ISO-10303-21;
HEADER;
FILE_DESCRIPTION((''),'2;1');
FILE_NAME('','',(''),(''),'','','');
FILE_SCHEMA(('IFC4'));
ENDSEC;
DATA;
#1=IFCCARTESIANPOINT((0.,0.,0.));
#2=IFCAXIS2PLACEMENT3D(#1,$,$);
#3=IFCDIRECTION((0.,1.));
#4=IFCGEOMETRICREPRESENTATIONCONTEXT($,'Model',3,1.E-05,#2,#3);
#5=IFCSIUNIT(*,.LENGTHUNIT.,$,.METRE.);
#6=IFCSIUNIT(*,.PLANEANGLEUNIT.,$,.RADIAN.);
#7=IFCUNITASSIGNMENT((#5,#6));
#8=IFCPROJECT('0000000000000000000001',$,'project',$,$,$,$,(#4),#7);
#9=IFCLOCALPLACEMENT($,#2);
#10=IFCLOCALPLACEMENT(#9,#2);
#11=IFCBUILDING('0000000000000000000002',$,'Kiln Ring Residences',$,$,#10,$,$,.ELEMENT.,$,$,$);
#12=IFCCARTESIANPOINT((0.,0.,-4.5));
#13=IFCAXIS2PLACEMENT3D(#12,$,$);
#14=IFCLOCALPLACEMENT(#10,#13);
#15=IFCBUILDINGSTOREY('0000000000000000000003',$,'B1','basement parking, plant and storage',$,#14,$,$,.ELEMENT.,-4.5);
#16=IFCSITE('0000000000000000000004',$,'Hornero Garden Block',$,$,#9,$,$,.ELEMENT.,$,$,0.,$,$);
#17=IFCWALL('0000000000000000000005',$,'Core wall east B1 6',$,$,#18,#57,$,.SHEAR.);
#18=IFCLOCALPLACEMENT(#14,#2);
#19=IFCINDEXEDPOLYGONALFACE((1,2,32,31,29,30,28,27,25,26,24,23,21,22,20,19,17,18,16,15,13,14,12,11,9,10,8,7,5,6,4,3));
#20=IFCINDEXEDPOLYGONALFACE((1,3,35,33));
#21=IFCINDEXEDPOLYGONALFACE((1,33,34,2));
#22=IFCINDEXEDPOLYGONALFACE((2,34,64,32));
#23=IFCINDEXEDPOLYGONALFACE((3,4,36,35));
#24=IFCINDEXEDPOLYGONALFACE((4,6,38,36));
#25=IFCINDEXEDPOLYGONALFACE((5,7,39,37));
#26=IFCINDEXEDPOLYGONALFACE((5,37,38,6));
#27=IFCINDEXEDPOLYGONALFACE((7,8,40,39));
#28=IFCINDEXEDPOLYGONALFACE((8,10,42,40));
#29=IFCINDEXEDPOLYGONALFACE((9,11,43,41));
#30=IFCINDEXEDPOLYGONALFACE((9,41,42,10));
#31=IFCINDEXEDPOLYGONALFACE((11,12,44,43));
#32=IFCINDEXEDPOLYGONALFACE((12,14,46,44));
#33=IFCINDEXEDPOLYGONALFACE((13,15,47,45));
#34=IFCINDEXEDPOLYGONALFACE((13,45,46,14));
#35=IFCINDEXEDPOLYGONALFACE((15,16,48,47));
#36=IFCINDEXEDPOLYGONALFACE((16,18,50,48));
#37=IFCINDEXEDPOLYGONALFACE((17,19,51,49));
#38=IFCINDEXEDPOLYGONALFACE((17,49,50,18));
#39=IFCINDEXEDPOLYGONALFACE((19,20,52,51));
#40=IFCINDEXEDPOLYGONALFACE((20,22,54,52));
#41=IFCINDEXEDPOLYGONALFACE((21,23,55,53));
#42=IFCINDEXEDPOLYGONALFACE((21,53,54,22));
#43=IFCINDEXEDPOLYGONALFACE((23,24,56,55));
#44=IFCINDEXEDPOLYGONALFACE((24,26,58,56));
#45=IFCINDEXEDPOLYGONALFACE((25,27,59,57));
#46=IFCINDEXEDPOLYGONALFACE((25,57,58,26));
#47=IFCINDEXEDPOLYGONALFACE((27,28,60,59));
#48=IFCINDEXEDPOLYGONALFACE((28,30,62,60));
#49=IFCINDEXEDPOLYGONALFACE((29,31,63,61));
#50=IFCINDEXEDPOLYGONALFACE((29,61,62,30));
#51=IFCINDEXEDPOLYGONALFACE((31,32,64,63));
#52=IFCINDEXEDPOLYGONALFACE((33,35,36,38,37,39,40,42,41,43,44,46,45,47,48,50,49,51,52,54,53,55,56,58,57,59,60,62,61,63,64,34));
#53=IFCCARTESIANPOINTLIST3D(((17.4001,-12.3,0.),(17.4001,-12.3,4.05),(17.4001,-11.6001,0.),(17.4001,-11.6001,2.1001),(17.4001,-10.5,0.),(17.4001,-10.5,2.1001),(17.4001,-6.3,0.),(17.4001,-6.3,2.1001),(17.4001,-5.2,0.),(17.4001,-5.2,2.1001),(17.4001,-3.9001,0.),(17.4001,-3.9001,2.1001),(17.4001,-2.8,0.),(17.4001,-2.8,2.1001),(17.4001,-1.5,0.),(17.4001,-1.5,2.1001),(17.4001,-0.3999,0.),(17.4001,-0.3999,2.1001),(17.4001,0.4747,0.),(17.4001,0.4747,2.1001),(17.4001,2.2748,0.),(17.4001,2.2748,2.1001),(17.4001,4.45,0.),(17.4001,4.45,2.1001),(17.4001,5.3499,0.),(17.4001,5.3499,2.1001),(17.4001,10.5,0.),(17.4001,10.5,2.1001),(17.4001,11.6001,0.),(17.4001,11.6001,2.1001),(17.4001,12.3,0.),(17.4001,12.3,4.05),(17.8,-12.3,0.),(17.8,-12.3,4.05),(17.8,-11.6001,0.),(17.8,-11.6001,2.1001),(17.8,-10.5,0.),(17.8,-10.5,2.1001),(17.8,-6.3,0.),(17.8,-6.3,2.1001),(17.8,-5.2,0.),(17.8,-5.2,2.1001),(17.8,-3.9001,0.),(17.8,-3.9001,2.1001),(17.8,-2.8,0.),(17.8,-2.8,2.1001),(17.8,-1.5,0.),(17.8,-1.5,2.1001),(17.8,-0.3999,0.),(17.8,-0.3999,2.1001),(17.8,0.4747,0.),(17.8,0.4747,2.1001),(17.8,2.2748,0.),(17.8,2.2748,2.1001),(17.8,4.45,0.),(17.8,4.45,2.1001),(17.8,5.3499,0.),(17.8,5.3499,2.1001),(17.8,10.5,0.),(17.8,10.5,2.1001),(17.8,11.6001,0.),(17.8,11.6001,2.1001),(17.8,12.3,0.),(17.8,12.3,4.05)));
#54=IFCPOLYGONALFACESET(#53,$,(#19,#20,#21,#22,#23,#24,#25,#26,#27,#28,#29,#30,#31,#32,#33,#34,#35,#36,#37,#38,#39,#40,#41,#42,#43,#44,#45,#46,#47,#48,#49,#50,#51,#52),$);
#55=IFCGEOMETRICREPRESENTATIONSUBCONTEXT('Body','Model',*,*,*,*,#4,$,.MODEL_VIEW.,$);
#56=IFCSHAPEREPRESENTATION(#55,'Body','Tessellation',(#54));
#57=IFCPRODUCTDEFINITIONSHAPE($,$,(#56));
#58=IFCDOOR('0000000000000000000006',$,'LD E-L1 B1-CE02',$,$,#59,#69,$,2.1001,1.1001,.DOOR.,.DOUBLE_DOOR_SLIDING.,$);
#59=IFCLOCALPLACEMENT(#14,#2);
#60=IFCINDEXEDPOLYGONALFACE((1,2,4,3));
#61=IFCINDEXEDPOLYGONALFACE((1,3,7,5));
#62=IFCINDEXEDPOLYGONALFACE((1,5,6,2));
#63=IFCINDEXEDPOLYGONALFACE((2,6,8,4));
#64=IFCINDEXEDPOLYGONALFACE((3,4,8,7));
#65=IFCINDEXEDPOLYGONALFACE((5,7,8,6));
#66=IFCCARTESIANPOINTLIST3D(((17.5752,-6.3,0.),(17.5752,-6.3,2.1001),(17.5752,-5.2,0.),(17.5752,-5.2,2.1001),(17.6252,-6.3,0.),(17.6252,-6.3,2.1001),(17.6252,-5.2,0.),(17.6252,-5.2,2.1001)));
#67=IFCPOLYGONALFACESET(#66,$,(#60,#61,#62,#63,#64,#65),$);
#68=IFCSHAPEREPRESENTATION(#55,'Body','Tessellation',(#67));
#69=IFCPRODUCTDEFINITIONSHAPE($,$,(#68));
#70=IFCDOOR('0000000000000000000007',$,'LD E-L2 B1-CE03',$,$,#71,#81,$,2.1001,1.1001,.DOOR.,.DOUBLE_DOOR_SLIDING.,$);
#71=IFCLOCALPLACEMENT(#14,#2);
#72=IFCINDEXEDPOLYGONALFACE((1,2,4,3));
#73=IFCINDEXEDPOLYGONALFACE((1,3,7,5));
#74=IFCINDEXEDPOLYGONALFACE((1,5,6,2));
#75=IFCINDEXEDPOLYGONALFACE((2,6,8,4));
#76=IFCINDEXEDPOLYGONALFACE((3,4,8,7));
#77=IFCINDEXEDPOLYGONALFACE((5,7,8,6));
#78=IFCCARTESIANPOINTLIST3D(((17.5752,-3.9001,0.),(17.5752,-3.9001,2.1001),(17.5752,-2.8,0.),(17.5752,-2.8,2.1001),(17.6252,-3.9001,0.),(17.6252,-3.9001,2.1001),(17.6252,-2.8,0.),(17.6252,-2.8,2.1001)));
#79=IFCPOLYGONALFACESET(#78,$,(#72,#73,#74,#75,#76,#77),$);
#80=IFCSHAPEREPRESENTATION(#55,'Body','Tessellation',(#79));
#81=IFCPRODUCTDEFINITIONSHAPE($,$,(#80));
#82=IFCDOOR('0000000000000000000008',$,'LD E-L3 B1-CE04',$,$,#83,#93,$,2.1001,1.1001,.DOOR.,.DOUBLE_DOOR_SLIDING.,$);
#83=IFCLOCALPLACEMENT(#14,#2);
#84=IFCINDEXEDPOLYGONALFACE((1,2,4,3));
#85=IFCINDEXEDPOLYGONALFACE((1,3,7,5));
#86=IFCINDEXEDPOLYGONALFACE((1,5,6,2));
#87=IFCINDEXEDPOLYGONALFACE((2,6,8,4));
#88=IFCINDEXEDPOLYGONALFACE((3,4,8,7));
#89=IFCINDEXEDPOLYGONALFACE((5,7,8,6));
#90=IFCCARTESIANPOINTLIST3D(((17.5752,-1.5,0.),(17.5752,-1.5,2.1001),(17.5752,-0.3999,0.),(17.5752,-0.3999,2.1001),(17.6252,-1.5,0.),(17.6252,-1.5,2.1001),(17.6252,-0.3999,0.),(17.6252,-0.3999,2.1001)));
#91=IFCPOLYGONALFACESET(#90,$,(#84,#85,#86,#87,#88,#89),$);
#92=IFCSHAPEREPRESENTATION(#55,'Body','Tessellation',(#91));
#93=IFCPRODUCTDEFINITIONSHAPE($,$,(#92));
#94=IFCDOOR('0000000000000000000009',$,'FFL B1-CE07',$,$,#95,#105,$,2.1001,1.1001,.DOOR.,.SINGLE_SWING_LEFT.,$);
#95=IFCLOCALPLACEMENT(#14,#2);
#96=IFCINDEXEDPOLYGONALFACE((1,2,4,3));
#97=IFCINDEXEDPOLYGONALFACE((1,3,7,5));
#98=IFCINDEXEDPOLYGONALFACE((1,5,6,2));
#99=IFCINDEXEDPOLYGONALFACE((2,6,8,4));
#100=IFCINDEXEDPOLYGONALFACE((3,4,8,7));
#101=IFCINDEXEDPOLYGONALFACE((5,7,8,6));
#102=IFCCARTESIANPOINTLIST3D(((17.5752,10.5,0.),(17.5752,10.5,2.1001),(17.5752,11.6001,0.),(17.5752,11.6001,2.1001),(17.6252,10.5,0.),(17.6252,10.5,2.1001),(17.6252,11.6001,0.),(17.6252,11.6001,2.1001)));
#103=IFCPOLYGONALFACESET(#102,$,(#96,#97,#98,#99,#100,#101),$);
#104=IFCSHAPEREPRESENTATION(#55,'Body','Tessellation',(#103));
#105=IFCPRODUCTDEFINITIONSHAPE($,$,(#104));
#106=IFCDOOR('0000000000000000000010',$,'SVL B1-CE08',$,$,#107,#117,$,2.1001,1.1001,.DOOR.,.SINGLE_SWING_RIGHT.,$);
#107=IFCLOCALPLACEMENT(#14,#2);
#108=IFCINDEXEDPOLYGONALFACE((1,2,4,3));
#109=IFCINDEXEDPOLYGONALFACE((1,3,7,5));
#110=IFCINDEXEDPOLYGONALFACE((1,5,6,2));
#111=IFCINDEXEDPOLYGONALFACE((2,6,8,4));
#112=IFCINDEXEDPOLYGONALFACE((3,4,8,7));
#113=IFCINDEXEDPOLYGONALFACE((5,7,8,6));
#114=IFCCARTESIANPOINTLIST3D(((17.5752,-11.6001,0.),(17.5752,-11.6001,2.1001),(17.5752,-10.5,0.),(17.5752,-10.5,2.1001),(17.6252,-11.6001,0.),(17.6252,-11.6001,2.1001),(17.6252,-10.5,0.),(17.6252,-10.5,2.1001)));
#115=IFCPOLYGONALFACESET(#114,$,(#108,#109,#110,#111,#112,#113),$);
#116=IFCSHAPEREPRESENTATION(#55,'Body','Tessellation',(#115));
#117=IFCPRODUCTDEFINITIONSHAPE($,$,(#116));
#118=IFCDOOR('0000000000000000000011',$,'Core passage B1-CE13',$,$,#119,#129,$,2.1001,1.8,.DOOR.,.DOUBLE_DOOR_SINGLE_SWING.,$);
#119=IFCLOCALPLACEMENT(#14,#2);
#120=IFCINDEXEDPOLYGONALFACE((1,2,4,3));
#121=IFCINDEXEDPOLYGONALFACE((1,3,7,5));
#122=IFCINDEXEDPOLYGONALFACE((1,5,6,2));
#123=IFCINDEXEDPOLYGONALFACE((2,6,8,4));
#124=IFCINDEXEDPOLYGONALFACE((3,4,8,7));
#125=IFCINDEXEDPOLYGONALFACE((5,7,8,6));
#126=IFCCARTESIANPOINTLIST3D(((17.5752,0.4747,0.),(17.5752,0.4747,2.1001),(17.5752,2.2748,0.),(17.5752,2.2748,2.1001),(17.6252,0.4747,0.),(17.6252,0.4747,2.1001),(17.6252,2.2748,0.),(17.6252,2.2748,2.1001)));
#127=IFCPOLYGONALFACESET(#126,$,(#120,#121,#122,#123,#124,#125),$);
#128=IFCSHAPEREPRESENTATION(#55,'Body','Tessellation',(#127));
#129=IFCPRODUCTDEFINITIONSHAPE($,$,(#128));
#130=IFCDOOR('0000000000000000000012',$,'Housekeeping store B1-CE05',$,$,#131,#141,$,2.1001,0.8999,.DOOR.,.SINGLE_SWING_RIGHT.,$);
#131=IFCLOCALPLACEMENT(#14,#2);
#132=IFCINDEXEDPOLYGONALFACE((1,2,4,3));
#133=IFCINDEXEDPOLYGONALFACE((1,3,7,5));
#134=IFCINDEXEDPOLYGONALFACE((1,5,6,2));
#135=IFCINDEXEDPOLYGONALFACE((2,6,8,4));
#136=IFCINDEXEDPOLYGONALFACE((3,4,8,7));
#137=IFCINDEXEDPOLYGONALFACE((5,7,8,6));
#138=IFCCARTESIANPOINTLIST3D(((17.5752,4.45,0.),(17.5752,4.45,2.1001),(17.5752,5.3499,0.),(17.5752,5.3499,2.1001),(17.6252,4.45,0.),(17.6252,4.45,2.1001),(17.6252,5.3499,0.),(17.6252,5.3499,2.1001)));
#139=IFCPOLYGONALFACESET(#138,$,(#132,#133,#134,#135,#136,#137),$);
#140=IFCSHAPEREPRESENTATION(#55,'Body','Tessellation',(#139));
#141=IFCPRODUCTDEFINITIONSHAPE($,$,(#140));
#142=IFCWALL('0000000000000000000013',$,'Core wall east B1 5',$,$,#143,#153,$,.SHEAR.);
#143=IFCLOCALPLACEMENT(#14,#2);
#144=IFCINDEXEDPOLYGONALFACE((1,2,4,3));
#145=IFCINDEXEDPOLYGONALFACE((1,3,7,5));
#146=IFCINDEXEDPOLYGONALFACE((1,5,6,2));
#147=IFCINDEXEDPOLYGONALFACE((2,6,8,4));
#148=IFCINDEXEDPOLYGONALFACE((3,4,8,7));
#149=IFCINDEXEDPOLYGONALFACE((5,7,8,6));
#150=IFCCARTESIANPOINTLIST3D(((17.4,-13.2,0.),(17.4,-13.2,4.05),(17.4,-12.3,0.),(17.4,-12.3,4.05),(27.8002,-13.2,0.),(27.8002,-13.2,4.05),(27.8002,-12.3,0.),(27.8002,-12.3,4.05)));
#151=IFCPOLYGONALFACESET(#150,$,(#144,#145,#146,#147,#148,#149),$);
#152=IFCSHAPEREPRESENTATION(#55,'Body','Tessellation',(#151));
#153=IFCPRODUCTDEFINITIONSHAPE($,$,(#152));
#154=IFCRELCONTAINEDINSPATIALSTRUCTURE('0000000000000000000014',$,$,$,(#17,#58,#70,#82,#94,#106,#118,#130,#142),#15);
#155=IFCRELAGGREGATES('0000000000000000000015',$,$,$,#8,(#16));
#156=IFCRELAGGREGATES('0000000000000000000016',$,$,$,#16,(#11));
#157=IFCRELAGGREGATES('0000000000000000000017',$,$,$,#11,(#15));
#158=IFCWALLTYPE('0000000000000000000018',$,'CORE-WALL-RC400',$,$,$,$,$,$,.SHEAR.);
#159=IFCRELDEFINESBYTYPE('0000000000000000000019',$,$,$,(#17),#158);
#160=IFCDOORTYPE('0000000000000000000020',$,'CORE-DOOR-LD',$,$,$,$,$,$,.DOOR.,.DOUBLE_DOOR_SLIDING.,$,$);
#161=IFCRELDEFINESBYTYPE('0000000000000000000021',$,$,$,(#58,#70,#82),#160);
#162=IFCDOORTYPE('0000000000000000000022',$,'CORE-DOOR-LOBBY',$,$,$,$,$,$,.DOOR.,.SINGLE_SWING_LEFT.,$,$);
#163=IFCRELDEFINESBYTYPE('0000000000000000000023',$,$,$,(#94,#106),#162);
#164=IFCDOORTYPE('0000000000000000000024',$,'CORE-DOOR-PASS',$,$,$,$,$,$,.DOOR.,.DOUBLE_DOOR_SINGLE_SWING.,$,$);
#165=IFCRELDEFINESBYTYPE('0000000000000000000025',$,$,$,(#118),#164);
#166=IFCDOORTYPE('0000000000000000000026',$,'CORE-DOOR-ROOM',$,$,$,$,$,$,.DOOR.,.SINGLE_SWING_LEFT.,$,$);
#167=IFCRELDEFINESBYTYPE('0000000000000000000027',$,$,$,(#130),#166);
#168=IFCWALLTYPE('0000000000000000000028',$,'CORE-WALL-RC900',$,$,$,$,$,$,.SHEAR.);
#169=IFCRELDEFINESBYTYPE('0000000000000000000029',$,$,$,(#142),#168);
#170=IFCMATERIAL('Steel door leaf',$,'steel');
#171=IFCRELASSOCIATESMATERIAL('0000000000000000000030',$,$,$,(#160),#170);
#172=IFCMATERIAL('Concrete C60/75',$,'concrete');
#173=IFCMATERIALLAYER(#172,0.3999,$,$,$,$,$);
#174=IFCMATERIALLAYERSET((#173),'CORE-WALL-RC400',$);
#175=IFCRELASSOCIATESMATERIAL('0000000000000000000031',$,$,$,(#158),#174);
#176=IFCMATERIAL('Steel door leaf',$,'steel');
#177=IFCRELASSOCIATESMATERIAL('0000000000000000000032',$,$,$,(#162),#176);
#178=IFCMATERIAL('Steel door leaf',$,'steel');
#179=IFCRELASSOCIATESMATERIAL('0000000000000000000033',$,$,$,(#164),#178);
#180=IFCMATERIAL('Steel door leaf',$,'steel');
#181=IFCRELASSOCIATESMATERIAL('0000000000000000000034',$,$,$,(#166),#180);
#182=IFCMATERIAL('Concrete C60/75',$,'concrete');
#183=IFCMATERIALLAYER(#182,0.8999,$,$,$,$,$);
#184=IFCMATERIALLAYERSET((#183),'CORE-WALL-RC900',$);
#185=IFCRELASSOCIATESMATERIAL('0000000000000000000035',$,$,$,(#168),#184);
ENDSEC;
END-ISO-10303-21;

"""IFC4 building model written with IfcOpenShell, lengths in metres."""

from ifc_helpers import new_model, si_unit, direction, frame, frame_2d, origin, place, context, subcontext, project, spatial, rectangle, extrude, material, layer, layer_set, type_object, element, fill, save


model = new_model("IFC4")

# Units and contexts
model_context = context("Model", 3, precision=1e-05, world=origin(), true_north=direction((0.0, 1.0)))
body_context = subcontext(model_context, "Body", "Model", "MODEL_VIEW")
ifc_project = project(units=[si_unit("LENGTHUNIT", "METRE"), si_unit("PLANEANGLEUNIT", "RADIAN")], contexts=[model_context])

# Site, building, storey
site_placement = place(None, origin())
site = spatial("IfcSite", under=ifc_project, at=site_placement, Name="Hornero Garden Block", CompositionType="ELEMENT", RefElevation=0.0)
building_placement = place(site_placement, origin())
building = spatial("IfcBuilding", under=site, at=building_placement, Name="Kiln Ring Residences", CompositionType="ELEMENT")
storey_placement = place(building_placement, frame((0.0, 0.0, -4.5)))
storey = spatial("IfcBuildingStorey", under=building, at=storey_placement, Name="B1", Description="basement parking, plant and storage", CompositionType="ELEMENT", Elevation=-4.5)

# Wall, openings, doors
ifc_material_1 = material(Name="Steel door leaf", Category="steel")
door_type_1 = type_object("IfcDoorType", Name="CORE-DOOR-LD", OperationType="DOUBLE_DOOR_SLIDING", PredefinedType="DOOR", material=ifc_material_1)
ifc_material_2 = material(Name="Concrete C60/75", Category="concrete")
ifc_layer_1 = layer(ifc_material_2, 0.3999)
ifc_layer_set_1 = layer_set([ifc_layer_1], Name="CORE-WALL-RC400")
wall_type_1 = type_object("IfcWallType", Name="CORE-WALL-RC400", PredefinedType="SHEAR", material=ifc_layer_set_1)
wall_1_placement = place(storey_placement, frame((17.6001, -12.3, 0.0), z_axis=(0.0, 0.0, 1.0), x_axis=(0.0, 1.0, 0.0)))
wall_1 = element("IfcWall", 1, at=wall_1_placement, inside=storey, type_object=wall_type_1, Name="Core wall east B1 6", PredefinedType="SHEAR", context=body_context, shape_type="SweptSolid", body=[
    extrude(rectangle(XDim=24.6001, YDim=0.3999, at=frame_2d((12.3, 0.0))), origin(), (0.0, 0.0, 1.0), 4.05),
])
opening_1_placement = place(wall_1_placement, frame((6.0, 0.0, 0.0)))
opening_1 = element("IfcOpeningElement", 2, at=opening_1_placement, cuts=wall_1, PredefinedType="OPENING", context=body_context, shape_type="SweptSolid", body=[
    extrude(rectangle(XDim=1.1001, YDim=2.1001, at=frame_2d((0.55, 1.05))), frame((0.0, 0.21, 0.0), z_axis=(0.0, -1.0, 0.0), x_axis=(1.0, 0.0, 0.0)), (0.0, 0.0, 1.0), 0.4199),
])
opening_2_placement = place(wall_1_placement, frame((8.3999, 0.0, 0.0)))
opening_2 = element("IfcOpeningElement", 3, at=opening_2_placement, cuts=wall_1, PredefinedType="OPENING", context=body_context, shape_type="SweptSolid", body=[
    extrude(rectangle(XDim=1.1001, YDim=2.1001, at=frame_2d((0.55, 1.05))), frame((0.0, 0.21, 0.0), z_axis=(0.0, -1.0, 0.0), x_axis=(1.0, 0.0, 0.0)), (0.0, 0.0, 1.0), 0.4199),
])
opening_3_placement = place(wall_1_placement, frame((10.8, 0.0, 0.0)))
opening_3 = element("IfcOpeningElement", 4, at=opening_3_placement, cuts=wall_1, PredefinedType="OPENING", context=body_context, shape_type="SweptSolid", body=[
    extrude(rectangle(XDim=1.1001, YDim=2.1001, at=frame_2d((0.55, 1.05))), frame((0.0, 0.21, 0.0), z_axis=(0.0, -1.0, 0.0), x_axis=(1.0, 0.0, 0.0)), (0.0, 0.0, 1.0), 0.4199),
])
opening_4_placement = place(wall_1_placement, frame((16.75, 0.0, 0.0)))
opening_4 = element("IfcOpeningElement", 5, at=opening_4_placement, cuts=wall_1, PredefinedType="OPENING", context=body_context, shape_type="SweptSolid", body=[
    extrude(rectangle(XDim=0.8999, YDim=2.1001, at=frame_2d((0.45, 1.05))), frame((0.0, 0.21, 0.0), z_axis=(0.0, -1.0, 0.0), x_axis=(1.0, 0.0, 0.0)), (0.0, 0.0, 1.0), 0.4199),
])
opening_5_placement = place(wall_1_placement, frame((22.8, 0.0, 0.0)))
opening_5 = element("IfcOpeningElement", 6, at=opening_5_placement, cuts=wall_1, PredefinedType="OPENING", context=body_context, shape_type="SweptSolid", body=[
    extrude(rectangle(XDim=1.1001, YDim=2.1001, at=frame_2d((0.55, 1.05))), frame((0.0, 0.21, 0.0), z_axis=(0.0, -1.0, 0.0), x_axis=(1.0, 0.0, 0.0)), (0.0, 0.0, 1.0), 0.4199),
])
opening_6_placement = place(wall_1_placement, frame((0.7, 0.0, 0.0)))
opening_6 = element("IfcOpeningElement", 7, at=opening_6_placement, cuts=wall_1, PredefinedType="OPENING", context=body_context, shape_type="SweptSolid", body=[
    extrude(rectangle(XDim=1.1001, YDim=2.1001, at=frame_2d((0.55, 1.05))), frame((0.0, 0.21, 0.0), z_axis=(0.0, -1.0, 0.0), x_axis=(1.0, 0.0, 0.0)), (0.0, 0.0, 1.0), 0.4199),
])
opening_7_placement = place(wall_1_placement, frame((12.7749, 0.0, 0.0)))
opening_7 = element("IfcOpeningElement", 8, at=opening_7_placement, cuts=wall_1, PredefinedType="OPENING", context=body_context, shape_type="SweptSolid", body=[
    extrude(rectangle(XDim=1.8, YDim=2.1001, at=frame_2d((0.8999, 1.05))), frame((0.0, 0.21, 0.0), z_axis=(0.0, -1.0, 0.0), x_axis=(1.0, 0.0, 0.0)), (0.0, 0.0, 1.0), 0.4199),
])
door_1_placement = place(opening_1_placement, origin())
door_1 = element("IfcDoor", 9, at=door_1_placement, inside=storey, type_object=door_type_1, Name="LD E-L1 B1-CE02", OperationType="DOUBLE_DOOR_SLIDING", OverallHeight=2.1001, OverallWidth=1.1001, PredefinedType="DOOR", context=body_context, shape_type="SweptSolid", body=[
    extrude(rectangle(XDim=1.1001, YDim=2.1001, at=frame_2d((0.55, 1.05))), frame((0.0, 0.0249, 0.0), z_axis=(0.0, -1.0, 0.0), x_axis=(1.0, 0.0, 0.0)), (0.0, 0.0, 1.0), 0.05),
])
fill(opening_1, door_1)
door_2_placement = place(opening_2_placement, origin())
door_2 = element("IfcDoor", 10, at=door_2_placement, inside=storey, type_object=door_type_1, Name="LD E-L2 B1-CE03", OperationType="DOUBLE_DOOR_SLIDING", OverallHeight=2.1001, OverallWidth=1.1001, PredefinedType="DOOR", context=body_context, shape_type="SweptSolid", body=[
    extrude(rectangle(XDim=1.1001, YDim=2.1001, at=frame_2d((0.55, 1.05))), frame((0.0, 0.0249, 0.0), z_axis=(0.0, -1.0, 0.0), x_axis=(1.0, 0.0, 0.0)), (0.0, 0.0, 1.0), 0.05),
])
fill(opening_2, door_2)
door_3_placement = place(opening_3_placement, origin())
door_3 = element("IfcDoor", 11, at=door_3_placement, inside=storey, type_object=door_type_1, Name="LD E-L3 B1-CE04", OperationType="DOUBLE_DOOR_SLIDING", OverallHeight=2.1001, OverallWidth=1.1001, PredefinedType="DOOR", context=body_context, shape_type="SweptSolid", body=[
    extrude(rectangle(XDim=1.1001, YDim=2.1001, at=frame_2d((0.55, 1.05))), frame((0.0, 0.0249, 0.0), z_axis=(0.0, -1.0, 0.0), x_axis=(1.0, 0.0, 0.0)), (0.0, 0.0, 1.0), 0.05),
])
fill(opening_3, door_3)
ifc_material_3 = material(Name="Steel door leaf", Category="steel")
door_type_2 = type_object("IfcDoorType", Name="CORE-DOOR-LOBBY", OperationType="SINGLE_SWING_LEFT", PredefinedType="DOOR", material=ifc_material_3)
door_4_placement = place(opening_5_placement, origin())
door_4 = element("IfcDoor", 12, at=door_4_placement, inside=storey, type_object=door_type_2, Name="FFL B1-CE07", OperationType="SINGLE_SWING_LEFT", OverallHeight=2.1001, OverallWidth=1.1001, PredefinedType="DOOR", context=body_context, shape_type="SweptSolid", body=[
    extrude(rectangle(XDim=1.1001, YDim=2.1001, at=frame_2d((0.55, 1.05))), frame((0.0, 0.0249, 0.0), z_axis=(0.0, -1.0, 0.0), x_axis=(1.0, 0.0, 0.0)), (0.0, 0.0, 1.0), 0.05),
])
fill(opening_5, door_4)
door_5_placement = place(opening_6_placement, origin())
door_5 = element("IfcDoor", 13, at=door_5_placement, inside=storey, type_object=door_type_2, Name="SVL B1-CE08", OperationType="SINGLE_SWING_RIGHT", OverallHeight=2.1001, OverallWidth=1.1001, PredefinedType="DOOR", context=body_context, shape_type="SweptSolid", body=[
    extrude(rectangle(XDim=1.1001, YDim=2.1001, at=frame_2d((0.55, 1.05))), frame((0.0, 0.0249, 0.0), z_axis=(0.0, -1.0, 0.0), x_axis=(1.0, 0.0, 0.0)), (0.0, 0.0, 1.0), 0.05),
])
fill(opening_6, door_5)
ifc_material_4 = material(Name="Steel door leaf", Category="steel")
door_type_3 = type_object("IfcDoorType", Name="CORE-DOOR-PASS", OperationType="DOUBLE_DOOR_SINGLE_SWING", PredefinedType="DOOR", material=ifc_material_4)
door_6_placement = place(opening_7_placement, origin())
door_6 = element("IfcDoor", 14, at=door_6_placement, inside=storey, type_object=door_type_3, Name="Core passage B1-CE13", OperationType="DOUBLE_DOOR_SINGLE_SWING", OverallHeight=2.1001, OverallWidth=1.8, PredefinedType="DOOR", context=body_context, shape_type="SweptSolid", body=[
    extrude(rectangle(XDim=1.8, YDim=2.1001, at=frame_2d((0.8999, 1.05))), frame((0.0, 0.0249, 0.0), z_axis=(0.0, -1.0, 0.0), x_axis=(1.0, 0.0, 0.0)), (0.0, 0.0, 1.0), 0.05),
])
fill(opening_7, door_6)
ifc_material_5 = material(Name="Steel door leaf", Category="steel")
door_type_4 = type_object("IfcDoorType", Name="CORE-DOOR-ROOM", OperationType="SINGLE_SWING_LEFT", PredefinedType="DOOR", material=ifc_material_5)
door_7_placement = place(opening_4_placement, origin())
door_7 = element("IfcDoor", 15, at=door_7_placement, inside=storey, type_object=door_type_4, Name="Housekeeping store B1-CE05", OperationType="SINGLE_SWING_RIGHT", OverallHeight=2.1001, OverallWidth=0.8999, PredefinedType="DOOR", context=body_context, shape_type="SweptSolid", body=[
    extrude(rectangle(XDim=0.8999, YDim=2.1001, at=frame_2d((0.45, 1.05))), frame((0.0, 0.0249, 0.0), z_axis=(0.0, -1.0, 0.0), x_axis=(1.0, 0.0, 0.0)), (0.0, 0.0, 1.0), 0.05),
])
fill(opening_4, door_7)

# Wall
ifc_material_6 = material(Name="Concrete C60/75", Category="concrete")
ifc_layer_2 = layer(ifc_material_6, 0.8999)
ifc_layer_set_2 = layer_set([ifc_layer_2], Name="CORE-WALL-RC900")
wall_type_2 = type_object("IfcWallType", Name="CORE-WALL-RC900", PredefinedType="SHEAR", material=ifc_layer_set_2)
wall_2_placement = place(storey_placement, frame((17.3999, -12.75, 0.0), z_axis=(0.0, 0.0, 1.0), x_axis=(1.0, 0.0, 0.0)))
element("IfcWall", 16, at=wall_2_placement, inside=storey, type_object=wall_type_2, Name="Core wall east B1 5", PredefinedType="SHEAR", context=body_context, shape_type="SweptSolid", body=[
    extrude(rectangle(XDim=10.4001, YDim=0.8999, at=frame_2d((5.2002, 0.0))), origin(), (0.0, 0.0, 1.0), 4.05),
])

save(model, "model.ifc")
